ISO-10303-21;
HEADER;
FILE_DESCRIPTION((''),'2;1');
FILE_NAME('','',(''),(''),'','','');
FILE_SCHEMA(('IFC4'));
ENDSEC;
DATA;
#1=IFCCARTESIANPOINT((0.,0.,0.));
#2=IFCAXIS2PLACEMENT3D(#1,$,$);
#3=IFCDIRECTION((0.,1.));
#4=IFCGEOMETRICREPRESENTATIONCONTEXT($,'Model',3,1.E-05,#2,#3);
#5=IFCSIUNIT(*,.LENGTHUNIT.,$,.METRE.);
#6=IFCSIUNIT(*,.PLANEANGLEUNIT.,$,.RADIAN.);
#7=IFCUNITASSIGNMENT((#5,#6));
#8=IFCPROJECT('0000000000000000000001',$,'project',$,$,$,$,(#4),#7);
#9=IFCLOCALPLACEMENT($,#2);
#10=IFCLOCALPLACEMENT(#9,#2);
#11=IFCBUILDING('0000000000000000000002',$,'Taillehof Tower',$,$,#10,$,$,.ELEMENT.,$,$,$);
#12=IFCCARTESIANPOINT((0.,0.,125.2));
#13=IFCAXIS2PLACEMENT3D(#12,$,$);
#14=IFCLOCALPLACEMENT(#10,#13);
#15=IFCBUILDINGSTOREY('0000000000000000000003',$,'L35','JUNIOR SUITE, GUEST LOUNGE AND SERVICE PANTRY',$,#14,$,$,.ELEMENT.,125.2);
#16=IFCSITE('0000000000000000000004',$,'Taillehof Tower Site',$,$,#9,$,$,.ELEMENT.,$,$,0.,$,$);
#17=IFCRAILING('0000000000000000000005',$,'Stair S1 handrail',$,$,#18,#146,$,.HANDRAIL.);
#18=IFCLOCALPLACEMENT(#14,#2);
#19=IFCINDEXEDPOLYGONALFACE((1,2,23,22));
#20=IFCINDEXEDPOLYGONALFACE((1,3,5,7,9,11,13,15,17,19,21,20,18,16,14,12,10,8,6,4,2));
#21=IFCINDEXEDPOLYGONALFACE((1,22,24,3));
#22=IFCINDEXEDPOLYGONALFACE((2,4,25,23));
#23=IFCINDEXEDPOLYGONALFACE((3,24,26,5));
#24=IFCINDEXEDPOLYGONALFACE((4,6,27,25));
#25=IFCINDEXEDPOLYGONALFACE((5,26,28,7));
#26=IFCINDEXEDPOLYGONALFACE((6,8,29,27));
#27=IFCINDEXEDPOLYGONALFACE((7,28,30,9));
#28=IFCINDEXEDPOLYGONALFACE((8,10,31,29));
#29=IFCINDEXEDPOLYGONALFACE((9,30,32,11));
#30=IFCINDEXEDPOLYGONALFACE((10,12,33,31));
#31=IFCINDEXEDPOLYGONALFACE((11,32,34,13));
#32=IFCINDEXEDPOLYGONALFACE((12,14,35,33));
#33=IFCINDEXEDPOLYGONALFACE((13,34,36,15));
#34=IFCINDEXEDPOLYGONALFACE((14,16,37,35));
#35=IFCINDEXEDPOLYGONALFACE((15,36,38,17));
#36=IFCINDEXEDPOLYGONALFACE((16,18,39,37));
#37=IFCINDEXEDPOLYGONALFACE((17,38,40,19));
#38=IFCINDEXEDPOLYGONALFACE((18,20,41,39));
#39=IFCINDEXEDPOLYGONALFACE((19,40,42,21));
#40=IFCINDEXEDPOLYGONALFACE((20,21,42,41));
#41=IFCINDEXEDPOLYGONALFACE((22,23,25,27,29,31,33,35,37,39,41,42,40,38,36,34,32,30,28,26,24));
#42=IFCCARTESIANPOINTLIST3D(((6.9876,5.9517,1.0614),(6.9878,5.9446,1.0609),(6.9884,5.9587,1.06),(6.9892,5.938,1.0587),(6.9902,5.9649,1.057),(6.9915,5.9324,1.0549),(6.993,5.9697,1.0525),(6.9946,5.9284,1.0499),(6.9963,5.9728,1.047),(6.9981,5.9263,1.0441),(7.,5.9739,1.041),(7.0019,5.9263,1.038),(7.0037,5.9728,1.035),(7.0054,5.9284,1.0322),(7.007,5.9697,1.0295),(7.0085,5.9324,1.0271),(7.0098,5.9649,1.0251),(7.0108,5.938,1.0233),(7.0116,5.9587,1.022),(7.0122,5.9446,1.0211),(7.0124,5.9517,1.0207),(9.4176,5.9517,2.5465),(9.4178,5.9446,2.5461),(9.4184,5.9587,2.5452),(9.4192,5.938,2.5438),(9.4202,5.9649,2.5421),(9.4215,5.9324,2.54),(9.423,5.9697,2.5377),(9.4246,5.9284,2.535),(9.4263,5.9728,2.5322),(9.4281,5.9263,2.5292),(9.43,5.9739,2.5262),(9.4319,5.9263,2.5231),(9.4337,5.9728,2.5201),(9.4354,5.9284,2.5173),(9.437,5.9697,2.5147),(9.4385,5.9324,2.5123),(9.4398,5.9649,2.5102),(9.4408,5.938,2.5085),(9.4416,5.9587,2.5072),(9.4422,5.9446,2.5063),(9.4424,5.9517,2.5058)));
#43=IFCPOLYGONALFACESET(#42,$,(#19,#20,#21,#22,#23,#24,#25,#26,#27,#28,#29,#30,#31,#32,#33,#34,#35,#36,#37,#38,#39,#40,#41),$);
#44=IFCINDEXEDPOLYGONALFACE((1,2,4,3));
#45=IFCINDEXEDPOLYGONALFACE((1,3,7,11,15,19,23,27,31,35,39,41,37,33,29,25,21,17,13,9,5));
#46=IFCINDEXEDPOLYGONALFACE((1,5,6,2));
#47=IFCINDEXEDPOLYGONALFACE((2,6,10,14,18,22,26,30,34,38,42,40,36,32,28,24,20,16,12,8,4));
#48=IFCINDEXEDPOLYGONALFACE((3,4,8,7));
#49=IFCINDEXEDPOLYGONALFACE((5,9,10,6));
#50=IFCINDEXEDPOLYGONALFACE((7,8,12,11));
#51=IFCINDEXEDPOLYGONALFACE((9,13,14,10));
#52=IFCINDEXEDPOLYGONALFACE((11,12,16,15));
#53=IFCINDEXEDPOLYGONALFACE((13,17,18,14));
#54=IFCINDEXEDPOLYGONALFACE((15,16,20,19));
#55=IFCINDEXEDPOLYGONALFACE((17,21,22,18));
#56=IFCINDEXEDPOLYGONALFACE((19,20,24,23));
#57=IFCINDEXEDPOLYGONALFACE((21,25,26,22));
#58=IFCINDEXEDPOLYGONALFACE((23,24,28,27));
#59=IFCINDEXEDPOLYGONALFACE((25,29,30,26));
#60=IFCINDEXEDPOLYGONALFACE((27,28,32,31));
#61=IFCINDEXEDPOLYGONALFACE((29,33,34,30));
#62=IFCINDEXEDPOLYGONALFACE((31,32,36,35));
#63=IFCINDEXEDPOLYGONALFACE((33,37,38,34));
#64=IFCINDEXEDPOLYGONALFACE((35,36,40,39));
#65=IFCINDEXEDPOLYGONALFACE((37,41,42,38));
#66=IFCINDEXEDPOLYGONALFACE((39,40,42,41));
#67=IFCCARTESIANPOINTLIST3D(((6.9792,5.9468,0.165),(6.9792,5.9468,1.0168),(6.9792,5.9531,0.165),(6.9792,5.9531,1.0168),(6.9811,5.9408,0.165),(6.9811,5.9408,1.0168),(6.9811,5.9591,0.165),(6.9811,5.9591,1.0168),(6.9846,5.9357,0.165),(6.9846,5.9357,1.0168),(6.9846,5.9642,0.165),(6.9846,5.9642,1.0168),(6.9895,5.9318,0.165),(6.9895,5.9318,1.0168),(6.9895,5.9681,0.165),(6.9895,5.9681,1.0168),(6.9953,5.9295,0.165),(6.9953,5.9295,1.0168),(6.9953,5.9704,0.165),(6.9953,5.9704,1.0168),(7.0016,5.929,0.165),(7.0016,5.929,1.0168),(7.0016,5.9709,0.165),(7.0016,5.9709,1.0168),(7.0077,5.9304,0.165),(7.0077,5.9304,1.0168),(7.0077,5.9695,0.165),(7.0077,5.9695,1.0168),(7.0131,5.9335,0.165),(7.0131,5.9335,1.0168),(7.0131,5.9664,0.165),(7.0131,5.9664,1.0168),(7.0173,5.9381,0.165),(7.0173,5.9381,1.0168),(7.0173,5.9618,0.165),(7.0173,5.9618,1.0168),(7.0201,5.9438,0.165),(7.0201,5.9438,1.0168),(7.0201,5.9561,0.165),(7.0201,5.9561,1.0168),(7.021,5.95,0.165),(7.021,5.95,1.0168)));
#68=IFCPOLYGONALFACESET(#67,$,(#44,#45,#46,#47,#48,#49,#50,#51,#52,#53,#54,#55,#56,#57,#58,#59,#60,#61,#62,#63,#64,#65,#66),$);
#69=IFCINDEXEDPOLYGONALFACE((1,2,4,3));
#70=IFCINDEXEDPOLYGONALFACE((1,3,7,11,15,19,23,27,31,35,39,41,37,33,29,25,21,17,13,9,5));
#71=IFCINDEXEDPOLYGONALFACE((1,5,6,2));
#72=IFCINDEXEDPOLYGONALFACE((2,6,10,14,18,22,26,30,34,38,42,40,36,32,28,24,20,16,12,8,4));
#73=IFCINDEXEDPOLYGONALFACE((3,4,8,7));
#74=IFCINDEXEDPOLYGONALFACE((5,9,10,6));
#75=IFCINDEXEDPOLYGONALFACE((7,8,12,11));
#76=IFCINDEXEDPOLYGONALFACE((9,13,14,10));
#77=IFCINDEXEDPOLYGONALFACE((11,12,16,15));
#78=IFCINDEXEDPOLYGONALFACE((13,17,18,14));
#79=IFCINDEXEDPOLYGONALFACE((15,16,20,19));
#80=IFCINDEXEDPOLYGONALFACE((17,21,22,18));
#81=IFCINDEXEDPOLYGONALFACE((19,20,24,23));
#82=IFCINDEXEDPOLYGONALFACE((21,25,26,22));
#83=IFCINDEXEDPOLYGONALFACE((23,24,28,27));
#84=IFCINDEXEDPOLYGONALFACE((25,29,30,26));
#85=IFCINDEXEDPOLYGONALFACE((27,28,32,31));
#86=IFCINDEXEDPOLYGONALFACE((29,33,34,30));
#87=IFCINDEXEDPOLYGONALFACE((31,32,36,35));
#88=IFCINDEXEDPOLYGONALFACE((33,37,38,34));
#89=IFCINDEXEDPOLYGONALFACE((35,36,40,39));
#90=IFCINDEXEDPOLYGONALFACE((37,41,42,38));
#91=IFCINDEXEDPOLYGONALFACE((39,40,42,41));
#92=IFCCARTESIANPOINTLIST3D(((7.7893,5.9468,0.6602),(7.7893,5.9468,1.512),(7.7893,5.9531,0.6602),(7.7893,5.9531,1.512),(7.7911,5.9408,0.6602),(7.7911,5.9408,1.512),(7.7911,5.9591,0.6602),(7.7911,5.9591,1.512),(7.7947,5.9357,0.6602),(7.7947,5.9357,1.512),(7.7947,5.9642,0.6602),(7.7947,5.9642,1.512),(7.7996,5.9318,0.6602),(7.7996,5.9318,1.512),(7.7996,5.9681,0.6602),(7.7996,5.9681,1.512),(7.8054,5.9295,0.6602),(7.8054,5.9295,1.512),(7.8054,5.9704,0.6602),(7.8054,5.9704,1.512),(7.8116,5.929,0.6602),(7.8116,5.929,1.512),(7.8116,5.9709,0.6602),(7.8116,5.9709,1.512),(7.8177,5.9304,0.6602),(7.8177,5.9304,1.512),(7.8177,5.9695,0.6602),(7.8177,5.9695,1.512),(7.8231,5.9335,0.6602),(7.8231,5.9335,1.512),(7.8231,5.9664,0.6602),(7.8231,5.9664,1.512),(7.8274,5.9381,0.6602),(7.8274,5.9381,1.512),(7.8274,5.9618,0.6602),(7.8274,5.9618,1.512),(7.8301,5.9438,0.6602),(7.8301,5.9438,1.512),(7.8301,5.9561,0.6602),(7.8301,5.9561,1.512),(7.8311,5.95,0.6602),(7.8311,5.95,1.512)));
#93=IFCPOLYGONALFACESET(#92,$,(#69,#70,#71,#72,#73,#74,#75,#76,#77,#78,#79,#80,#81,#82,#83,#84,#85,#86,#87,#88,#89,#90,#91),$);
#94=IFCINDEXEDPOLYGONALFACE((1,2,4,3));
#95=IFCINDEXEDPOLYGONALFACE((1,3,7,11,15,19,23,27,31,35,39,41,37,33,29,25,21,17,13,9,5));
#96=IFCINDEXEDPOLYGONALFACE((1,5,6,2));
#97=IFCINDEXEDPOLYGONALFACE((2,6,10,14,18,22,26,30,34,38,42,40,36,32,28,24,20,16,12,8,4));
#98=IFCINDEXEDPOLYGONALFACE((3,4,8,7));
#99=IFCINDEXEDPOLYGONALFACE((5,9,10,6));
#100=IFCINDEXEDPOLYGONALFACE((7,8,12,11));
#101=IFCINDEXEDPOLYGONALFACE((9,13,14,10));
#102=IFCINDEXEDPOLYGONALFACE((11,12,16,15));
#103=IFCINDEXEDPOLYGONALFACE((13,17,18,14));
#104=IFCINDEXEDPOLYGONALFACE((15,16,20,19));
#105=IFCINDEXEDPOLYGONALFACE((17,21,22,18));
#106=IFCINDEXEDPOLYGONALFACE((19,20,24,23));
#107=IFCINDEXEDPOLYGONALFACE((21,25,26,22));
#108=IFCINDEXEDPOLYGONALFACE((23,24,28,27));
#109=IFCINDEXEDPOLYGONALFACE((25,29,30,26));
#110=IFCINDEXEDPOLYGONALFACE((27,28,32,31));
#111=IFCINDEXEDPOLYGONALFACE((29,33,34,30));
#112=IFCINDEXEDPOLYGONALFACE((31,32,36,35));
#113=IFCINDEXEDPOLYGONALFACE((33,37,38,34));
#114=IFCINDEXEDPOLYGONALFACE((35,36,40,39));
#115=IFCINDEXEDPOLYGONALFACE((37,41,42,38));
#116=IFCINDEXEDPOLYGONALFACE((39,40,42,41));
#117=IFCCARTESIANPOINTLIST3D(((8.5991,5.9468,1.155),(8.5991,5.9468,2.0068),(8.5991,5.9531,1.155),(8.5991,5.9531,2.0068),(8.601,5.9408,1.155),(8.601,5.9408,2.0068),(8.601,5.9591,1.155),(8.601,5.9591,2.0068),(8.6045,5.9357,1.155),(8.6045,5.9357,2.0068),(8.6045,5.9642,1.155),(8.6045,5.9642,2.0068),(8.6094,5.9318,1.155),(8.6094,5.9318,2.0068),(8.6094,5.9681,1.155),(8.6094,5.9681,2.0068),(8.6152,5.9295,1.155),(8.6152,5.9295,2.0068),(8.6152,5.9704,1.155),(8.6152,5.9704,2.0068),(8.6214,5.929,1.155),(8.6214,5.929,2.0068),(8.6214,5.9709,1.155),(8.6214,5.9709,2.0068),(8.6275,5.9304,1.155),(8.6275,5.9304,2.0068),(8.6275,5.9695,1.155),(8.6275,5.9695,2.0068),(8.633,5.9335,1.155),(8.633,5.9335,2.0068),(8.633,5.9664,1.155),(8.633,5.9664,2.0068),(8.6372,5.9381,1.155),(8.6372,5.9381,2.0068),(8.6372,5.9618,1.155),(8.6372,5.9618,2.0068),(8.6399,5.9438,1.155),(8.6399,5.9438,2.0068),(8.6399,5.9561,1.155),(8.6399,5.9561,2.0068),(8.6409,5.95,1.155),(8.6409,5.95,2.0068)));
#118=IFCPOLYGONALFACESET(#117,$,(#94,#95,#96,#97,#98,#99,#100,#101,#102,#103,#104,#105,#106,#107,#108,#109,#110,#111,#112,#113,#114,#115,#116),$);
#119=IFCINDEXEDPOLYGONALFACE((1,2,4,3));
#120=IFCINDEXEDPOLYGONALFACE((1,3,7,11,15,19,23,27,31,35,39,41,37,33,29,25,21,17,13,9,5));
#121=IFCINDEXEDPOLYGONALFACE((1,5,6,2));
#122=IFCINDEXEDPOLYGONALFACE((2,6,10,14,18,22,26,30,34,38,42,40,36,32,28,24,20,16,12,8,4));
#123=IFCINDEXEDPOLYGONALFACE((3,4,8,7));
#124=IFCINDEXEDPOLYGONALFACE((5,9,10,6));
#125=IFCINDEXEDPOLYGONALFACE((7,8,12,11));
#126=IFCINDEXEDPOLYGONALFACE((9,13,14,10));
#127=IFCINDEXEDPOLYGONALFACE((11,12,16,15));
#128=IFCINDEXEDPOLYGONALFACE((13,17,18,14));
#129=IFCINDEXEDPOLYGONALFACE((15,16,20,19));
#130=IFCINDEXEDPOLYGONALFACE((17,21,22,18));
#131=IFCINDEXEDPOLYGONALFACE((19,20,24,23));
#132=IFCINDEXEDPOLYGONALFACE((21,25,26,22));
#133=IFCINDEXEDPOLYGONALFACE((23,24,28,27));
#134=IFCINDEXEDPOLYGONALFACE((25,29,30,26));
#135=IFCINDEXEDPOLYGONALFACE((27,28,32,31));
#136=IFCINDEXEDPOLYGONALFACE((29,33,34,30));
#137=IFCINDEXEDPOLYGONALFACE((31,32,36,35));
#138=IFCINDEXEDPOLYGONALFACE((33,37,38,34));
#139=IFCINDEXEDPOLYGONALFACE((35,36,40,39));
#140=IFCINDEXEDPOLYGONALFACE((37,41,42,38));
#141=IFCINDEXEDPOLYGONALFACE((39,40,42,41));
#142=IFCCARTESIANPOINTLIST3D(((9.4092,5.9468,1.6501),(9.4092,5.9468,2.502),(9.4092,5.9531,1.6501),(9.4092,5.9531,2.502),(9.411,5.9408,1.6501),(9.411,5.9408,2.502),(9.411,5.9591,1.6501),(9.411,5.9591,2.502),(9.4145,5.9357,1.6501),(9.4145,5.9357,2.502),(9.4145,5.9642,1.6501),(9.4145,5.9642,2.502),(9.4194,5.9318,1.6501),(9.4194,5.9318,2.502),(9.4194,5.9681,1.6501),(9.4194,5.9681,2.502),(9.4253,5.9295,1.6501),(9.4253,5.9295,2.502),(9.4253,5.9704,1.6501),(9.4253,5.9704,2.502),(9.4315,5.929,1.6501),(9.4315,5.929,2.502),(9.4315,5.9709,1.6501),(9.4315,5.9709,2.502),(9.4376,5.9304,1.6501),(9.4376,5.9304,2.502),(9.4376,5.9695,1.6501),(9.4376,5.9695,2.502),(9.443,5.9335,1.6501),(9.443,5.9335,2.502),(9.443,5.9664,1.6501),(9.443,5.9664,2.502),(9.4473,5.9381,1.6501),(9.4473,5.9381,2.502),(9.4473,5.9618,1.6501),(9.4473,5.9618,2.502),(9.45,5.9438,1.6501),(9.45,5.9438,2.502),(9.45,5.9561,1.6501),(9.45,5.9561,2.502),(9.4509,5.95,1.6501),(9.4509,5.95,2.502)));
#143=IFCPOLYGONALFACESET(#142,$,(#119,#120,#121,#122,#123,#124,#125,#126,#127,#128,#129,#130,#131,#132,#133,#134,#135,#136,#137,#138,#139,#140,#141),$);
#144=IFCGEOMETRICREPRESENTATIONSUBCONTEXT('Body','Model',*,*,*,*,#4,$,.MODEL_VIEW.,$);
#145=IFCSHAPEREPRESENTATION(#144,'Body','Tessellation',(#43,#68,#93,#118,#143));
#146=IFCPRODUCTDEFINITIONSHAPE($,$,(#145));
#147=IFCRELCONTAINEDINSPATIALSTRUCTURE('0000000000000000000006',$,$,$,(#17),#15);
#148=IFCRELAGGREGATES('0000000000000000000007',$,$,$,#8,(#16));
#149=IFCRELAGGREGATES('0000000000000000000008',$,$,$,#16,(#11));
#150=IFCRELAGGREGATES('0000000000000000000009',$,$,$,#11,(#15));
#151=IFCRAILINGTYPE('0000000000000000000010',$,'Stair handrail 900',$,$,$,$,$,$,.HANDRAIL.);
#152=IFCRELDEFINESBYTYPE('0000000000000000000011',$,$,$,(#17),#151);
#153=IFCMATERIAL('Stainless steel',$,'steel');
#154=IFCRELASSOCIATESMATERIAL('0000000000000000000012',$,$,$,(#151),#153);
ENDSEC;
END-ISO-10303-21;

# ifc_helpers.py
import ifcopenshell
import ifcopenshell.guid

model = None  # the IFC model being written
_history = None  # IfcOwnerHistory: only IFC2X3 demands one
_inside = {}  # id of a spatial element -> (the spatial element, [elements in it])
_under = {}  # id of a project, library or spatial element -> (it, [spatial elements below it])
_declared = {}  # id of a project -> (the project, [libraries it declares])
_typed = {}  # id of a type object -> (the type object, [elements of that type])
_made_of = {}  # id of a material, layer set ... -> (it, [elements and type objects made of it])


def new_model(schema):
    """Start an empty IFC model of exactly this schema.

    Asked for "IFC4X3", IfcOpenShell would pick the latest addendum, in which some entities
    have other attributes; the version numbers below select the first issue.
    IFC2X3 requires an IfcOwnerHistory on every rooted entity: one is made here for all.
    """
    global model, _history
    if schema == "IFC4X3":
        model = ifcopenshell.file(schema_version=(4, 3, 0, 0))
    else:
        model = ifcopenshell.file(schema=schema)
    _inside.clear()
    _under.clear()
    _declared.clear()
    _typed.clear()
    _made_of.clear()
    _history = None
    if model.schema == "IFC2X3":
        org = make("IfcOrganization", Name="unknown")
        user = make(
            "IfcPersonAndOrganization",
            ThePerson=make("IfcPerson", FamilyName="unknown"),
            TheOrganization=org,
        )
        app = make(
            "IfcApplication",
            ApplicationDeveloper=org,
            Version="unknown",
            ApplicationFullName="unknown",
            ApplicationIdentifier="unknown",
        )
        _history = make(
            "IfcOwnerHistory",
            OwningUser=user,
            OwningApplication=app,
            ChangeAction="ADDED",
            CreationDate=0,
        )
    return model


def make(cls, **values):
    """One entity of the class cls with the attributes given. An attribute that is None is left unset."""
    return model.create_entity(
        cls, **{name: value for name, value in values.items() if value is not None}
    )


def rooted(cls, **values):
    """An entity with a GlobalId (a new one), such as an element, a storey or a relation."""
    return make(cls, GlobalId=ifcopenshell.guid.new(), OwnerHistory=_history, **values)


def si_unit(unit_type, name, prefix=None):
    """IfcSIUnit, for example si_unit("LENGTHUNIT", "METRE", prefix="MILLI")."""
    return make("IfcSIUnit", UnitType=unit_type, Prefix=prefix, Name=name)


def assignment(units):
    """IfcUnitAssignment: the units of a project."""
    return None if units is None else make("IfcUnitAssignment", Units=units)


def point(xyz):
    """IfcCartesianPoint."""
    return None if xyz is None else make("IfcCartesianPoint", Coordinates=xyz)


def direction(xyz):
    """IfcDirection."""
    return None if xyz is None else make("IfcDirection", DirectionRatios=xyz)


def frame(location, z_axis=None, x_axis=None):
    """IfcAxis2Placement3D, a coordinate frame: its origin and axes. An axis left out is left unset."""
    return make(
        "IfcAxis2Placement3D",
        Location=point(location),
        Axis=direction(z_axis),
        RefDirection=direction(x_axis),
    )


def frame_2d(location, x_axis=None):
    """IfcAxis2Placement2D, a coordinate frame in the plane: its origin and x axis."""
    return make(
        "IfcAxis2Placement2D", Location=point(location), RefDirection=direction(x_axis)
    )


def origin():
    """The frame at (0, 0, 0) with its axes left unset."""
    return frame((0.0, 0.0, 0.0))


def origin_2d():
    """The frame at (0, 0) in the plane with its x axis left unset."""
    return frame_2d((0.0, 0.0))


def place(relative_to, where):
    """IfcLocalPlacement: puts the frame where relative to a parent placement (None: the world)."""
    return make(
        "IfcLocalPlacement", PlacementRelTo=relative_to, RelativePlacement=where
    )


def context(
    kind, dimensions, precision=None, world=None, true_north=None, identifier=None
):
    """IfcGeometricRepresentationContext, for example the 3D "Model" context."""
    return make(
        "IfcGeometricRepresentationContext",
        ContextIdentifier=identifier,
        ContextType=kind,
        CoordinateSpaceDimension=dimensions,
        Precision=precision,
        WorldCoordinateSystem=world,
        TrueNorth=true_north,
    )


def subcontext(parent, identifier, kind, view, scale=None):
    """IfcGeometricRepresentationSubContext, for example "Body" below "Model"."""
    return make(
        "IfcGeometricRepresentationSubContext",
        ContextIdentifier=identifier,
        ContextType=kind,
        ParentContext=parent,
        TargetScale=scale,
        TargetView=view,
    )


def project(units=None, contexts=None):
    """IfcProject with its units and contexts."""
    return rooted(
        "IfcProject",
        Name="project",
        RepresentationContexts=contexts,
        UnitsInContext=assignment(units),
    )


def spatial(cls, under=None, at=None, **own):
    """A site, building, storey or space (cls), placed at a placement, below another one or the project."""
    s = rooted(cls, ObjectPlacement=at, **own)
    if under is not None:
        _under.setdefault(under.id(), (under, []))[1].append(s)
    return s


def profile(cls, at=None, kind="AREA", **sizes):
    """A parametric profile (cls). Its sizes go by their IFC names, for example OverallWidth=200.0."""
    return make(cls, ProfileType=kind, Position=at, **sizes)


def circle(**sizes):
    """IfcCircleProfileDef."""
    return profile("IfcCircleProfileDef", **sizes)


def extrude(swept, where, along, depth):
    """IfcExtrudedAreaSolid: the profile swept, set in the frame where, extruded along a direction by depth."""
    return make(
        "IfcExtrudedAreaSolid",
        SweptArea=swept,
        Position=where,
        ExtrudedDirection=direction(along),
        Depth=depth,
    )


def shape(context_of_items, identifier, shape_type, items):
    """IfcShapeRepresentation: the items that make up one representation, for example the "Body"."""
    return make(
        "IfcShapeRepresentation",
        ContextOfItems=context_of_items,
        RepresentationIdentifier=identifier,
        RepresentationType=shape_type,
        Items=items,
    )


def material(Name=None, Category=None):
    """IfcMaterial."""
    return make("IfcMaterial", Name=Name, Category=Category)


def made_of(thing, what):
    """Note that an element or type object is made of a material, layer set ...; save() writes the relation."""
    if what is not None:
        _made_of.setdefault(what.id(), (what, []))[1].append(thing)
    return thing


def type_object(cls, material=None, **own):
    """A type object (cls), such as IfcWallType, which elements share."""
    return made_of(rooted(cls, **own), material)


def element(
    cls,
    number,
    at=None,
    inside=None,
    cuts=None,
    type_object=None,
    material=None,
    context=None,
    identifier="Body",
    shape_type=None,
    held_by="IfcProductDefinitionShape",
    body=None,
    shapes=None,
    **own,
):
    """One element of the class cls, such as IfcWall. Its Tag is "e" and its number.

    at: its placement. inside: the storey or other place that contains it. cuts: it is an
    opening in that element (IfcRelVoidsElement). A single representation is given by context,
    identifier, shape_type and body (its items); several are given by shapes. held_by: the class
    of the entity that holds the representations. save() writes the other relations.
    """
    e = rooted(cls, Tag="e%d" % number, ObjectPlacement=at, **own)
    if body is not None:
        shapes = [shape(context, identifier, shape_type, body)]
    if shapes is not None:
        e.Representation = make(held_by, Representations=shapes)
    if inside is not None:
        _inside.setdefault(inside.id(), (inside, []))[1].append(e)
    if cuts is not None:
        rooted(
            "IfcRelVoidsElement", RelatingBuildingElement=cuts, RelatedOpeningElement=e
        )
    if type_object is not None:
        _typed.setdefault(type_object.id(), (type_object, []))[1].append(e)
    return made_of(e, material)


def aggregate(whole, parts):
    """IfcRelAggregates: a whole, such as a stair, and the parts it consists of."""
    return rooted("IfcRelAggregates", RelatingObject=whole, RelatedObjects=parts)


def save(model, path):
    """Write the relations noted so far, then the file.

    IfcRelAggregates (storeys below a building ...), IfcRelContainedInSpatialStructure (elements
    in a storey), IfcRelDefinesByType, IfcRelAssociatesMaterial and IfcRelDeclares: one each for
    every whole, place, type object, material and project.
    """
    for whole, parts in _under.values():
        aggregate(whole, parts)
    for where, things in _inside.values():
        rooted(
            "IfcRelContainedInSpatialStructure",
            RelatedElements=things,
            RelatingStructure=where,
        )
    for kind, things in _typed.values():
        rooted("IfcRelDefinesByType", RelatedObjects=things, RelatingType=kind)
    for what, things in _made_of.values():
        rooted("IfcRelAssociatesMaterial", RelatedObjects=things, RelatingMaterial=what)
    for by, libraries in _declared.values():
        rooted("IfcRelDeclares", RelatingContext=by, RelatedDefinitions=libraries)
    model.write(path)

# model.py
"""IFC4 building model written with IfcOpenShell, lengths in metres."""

from ifc_helpers import new_model, si_unit, direction, frame, origin, origin_2d, place, context, subcontext, project, spatial, circle, extrude, material, type_object, element, save


model = new_model("IFC4")

# Units and contexts
model_context = context("Model", 3, precision=1e-05, world=origin(), true_north=direction((0.0, 1.0)))
body_context = subcontext(model_context, "Body", "Model", "MODEL_VIEW")
ifc_project = project(units=[si_unit("LENGTHUNIT", "METRE"), si_unit("PLANEANGLEUNIT", "RADIAN")], contexts=[model_context])

# Site, building, storey
site_placement = place(None, origin())
site = spatial("IfcSite", under=ifc_project, at=site_placement, Name="Taillehof Tower Site", CompositionType="ELEMENT", RefElevation=0.0)
building_placement = place(site_placement, origin())
building = spatial("IfcBuilding", under=site, at=building_placement, Name="Taillehof Tower", CompositionType="ELEMENT")
storey_placement = place(building_placement, frame((0.0, 0.0, 125.2)))
storey = spatial("IfcBuildingStorey", under=building, at=storey_placement, Name="L35", Description="JUNIOR SUITE, GUEST LOUNGE AND SERVICE PANTRY", CompositionType="ELEMENT", Elevation=125.2)

# Railing
ifc_material_1 = material(Name="Stainless steel", Category="steel")
railing_type = type_object("IfcRailingType", Name="Stair handrail 900", PredefinedType="HANDRAIL", material=ifc_material_1)
railing_placement = place(storey_placement, frame((7.0, 5.95, 0.165)))
element("IfcRailing", 1, at=railing_placement, inside=storey, type_object=railing_type, Name="Stair S1 handrail", PredefinedType="HANDRAIL", context=body_context, shape_type="SweptSolid", body=[
    extrude(circle(Radius=0.0239, at=origin_2d()), frame((0.0, 0.0, 0.876), z_axis=(0.853259, 0.0, 0.521488), x_axis=(0.0, 1.0, 0.0)), (0.0, 0.0, 1.0), 2.8479),
    extrude(circle(Radius=0.021, at=origin_2d()), origin(), (0.0, 0.0, 1.0), 0.8518),
    extrude(circle(Radius=0.021, at=origin_2d()), frame((0.8101, 0.0, 0.4951)), (0.0, 0.0, 1.0), 0.8518),
    extrude(circle(Radius=0.021, at=origin_2d()), frame((1.6199, 0.0, 0.99)), (0.0, 0.0, 1.0), 0.8518),
    extrude(circle(Radius=0.021, at=origin_2d()), frame((2.4299, 0.0, 1.4851)), (0.0, 0.0, 1.0), 0.8518),
])

save(model, "model.ifc")
